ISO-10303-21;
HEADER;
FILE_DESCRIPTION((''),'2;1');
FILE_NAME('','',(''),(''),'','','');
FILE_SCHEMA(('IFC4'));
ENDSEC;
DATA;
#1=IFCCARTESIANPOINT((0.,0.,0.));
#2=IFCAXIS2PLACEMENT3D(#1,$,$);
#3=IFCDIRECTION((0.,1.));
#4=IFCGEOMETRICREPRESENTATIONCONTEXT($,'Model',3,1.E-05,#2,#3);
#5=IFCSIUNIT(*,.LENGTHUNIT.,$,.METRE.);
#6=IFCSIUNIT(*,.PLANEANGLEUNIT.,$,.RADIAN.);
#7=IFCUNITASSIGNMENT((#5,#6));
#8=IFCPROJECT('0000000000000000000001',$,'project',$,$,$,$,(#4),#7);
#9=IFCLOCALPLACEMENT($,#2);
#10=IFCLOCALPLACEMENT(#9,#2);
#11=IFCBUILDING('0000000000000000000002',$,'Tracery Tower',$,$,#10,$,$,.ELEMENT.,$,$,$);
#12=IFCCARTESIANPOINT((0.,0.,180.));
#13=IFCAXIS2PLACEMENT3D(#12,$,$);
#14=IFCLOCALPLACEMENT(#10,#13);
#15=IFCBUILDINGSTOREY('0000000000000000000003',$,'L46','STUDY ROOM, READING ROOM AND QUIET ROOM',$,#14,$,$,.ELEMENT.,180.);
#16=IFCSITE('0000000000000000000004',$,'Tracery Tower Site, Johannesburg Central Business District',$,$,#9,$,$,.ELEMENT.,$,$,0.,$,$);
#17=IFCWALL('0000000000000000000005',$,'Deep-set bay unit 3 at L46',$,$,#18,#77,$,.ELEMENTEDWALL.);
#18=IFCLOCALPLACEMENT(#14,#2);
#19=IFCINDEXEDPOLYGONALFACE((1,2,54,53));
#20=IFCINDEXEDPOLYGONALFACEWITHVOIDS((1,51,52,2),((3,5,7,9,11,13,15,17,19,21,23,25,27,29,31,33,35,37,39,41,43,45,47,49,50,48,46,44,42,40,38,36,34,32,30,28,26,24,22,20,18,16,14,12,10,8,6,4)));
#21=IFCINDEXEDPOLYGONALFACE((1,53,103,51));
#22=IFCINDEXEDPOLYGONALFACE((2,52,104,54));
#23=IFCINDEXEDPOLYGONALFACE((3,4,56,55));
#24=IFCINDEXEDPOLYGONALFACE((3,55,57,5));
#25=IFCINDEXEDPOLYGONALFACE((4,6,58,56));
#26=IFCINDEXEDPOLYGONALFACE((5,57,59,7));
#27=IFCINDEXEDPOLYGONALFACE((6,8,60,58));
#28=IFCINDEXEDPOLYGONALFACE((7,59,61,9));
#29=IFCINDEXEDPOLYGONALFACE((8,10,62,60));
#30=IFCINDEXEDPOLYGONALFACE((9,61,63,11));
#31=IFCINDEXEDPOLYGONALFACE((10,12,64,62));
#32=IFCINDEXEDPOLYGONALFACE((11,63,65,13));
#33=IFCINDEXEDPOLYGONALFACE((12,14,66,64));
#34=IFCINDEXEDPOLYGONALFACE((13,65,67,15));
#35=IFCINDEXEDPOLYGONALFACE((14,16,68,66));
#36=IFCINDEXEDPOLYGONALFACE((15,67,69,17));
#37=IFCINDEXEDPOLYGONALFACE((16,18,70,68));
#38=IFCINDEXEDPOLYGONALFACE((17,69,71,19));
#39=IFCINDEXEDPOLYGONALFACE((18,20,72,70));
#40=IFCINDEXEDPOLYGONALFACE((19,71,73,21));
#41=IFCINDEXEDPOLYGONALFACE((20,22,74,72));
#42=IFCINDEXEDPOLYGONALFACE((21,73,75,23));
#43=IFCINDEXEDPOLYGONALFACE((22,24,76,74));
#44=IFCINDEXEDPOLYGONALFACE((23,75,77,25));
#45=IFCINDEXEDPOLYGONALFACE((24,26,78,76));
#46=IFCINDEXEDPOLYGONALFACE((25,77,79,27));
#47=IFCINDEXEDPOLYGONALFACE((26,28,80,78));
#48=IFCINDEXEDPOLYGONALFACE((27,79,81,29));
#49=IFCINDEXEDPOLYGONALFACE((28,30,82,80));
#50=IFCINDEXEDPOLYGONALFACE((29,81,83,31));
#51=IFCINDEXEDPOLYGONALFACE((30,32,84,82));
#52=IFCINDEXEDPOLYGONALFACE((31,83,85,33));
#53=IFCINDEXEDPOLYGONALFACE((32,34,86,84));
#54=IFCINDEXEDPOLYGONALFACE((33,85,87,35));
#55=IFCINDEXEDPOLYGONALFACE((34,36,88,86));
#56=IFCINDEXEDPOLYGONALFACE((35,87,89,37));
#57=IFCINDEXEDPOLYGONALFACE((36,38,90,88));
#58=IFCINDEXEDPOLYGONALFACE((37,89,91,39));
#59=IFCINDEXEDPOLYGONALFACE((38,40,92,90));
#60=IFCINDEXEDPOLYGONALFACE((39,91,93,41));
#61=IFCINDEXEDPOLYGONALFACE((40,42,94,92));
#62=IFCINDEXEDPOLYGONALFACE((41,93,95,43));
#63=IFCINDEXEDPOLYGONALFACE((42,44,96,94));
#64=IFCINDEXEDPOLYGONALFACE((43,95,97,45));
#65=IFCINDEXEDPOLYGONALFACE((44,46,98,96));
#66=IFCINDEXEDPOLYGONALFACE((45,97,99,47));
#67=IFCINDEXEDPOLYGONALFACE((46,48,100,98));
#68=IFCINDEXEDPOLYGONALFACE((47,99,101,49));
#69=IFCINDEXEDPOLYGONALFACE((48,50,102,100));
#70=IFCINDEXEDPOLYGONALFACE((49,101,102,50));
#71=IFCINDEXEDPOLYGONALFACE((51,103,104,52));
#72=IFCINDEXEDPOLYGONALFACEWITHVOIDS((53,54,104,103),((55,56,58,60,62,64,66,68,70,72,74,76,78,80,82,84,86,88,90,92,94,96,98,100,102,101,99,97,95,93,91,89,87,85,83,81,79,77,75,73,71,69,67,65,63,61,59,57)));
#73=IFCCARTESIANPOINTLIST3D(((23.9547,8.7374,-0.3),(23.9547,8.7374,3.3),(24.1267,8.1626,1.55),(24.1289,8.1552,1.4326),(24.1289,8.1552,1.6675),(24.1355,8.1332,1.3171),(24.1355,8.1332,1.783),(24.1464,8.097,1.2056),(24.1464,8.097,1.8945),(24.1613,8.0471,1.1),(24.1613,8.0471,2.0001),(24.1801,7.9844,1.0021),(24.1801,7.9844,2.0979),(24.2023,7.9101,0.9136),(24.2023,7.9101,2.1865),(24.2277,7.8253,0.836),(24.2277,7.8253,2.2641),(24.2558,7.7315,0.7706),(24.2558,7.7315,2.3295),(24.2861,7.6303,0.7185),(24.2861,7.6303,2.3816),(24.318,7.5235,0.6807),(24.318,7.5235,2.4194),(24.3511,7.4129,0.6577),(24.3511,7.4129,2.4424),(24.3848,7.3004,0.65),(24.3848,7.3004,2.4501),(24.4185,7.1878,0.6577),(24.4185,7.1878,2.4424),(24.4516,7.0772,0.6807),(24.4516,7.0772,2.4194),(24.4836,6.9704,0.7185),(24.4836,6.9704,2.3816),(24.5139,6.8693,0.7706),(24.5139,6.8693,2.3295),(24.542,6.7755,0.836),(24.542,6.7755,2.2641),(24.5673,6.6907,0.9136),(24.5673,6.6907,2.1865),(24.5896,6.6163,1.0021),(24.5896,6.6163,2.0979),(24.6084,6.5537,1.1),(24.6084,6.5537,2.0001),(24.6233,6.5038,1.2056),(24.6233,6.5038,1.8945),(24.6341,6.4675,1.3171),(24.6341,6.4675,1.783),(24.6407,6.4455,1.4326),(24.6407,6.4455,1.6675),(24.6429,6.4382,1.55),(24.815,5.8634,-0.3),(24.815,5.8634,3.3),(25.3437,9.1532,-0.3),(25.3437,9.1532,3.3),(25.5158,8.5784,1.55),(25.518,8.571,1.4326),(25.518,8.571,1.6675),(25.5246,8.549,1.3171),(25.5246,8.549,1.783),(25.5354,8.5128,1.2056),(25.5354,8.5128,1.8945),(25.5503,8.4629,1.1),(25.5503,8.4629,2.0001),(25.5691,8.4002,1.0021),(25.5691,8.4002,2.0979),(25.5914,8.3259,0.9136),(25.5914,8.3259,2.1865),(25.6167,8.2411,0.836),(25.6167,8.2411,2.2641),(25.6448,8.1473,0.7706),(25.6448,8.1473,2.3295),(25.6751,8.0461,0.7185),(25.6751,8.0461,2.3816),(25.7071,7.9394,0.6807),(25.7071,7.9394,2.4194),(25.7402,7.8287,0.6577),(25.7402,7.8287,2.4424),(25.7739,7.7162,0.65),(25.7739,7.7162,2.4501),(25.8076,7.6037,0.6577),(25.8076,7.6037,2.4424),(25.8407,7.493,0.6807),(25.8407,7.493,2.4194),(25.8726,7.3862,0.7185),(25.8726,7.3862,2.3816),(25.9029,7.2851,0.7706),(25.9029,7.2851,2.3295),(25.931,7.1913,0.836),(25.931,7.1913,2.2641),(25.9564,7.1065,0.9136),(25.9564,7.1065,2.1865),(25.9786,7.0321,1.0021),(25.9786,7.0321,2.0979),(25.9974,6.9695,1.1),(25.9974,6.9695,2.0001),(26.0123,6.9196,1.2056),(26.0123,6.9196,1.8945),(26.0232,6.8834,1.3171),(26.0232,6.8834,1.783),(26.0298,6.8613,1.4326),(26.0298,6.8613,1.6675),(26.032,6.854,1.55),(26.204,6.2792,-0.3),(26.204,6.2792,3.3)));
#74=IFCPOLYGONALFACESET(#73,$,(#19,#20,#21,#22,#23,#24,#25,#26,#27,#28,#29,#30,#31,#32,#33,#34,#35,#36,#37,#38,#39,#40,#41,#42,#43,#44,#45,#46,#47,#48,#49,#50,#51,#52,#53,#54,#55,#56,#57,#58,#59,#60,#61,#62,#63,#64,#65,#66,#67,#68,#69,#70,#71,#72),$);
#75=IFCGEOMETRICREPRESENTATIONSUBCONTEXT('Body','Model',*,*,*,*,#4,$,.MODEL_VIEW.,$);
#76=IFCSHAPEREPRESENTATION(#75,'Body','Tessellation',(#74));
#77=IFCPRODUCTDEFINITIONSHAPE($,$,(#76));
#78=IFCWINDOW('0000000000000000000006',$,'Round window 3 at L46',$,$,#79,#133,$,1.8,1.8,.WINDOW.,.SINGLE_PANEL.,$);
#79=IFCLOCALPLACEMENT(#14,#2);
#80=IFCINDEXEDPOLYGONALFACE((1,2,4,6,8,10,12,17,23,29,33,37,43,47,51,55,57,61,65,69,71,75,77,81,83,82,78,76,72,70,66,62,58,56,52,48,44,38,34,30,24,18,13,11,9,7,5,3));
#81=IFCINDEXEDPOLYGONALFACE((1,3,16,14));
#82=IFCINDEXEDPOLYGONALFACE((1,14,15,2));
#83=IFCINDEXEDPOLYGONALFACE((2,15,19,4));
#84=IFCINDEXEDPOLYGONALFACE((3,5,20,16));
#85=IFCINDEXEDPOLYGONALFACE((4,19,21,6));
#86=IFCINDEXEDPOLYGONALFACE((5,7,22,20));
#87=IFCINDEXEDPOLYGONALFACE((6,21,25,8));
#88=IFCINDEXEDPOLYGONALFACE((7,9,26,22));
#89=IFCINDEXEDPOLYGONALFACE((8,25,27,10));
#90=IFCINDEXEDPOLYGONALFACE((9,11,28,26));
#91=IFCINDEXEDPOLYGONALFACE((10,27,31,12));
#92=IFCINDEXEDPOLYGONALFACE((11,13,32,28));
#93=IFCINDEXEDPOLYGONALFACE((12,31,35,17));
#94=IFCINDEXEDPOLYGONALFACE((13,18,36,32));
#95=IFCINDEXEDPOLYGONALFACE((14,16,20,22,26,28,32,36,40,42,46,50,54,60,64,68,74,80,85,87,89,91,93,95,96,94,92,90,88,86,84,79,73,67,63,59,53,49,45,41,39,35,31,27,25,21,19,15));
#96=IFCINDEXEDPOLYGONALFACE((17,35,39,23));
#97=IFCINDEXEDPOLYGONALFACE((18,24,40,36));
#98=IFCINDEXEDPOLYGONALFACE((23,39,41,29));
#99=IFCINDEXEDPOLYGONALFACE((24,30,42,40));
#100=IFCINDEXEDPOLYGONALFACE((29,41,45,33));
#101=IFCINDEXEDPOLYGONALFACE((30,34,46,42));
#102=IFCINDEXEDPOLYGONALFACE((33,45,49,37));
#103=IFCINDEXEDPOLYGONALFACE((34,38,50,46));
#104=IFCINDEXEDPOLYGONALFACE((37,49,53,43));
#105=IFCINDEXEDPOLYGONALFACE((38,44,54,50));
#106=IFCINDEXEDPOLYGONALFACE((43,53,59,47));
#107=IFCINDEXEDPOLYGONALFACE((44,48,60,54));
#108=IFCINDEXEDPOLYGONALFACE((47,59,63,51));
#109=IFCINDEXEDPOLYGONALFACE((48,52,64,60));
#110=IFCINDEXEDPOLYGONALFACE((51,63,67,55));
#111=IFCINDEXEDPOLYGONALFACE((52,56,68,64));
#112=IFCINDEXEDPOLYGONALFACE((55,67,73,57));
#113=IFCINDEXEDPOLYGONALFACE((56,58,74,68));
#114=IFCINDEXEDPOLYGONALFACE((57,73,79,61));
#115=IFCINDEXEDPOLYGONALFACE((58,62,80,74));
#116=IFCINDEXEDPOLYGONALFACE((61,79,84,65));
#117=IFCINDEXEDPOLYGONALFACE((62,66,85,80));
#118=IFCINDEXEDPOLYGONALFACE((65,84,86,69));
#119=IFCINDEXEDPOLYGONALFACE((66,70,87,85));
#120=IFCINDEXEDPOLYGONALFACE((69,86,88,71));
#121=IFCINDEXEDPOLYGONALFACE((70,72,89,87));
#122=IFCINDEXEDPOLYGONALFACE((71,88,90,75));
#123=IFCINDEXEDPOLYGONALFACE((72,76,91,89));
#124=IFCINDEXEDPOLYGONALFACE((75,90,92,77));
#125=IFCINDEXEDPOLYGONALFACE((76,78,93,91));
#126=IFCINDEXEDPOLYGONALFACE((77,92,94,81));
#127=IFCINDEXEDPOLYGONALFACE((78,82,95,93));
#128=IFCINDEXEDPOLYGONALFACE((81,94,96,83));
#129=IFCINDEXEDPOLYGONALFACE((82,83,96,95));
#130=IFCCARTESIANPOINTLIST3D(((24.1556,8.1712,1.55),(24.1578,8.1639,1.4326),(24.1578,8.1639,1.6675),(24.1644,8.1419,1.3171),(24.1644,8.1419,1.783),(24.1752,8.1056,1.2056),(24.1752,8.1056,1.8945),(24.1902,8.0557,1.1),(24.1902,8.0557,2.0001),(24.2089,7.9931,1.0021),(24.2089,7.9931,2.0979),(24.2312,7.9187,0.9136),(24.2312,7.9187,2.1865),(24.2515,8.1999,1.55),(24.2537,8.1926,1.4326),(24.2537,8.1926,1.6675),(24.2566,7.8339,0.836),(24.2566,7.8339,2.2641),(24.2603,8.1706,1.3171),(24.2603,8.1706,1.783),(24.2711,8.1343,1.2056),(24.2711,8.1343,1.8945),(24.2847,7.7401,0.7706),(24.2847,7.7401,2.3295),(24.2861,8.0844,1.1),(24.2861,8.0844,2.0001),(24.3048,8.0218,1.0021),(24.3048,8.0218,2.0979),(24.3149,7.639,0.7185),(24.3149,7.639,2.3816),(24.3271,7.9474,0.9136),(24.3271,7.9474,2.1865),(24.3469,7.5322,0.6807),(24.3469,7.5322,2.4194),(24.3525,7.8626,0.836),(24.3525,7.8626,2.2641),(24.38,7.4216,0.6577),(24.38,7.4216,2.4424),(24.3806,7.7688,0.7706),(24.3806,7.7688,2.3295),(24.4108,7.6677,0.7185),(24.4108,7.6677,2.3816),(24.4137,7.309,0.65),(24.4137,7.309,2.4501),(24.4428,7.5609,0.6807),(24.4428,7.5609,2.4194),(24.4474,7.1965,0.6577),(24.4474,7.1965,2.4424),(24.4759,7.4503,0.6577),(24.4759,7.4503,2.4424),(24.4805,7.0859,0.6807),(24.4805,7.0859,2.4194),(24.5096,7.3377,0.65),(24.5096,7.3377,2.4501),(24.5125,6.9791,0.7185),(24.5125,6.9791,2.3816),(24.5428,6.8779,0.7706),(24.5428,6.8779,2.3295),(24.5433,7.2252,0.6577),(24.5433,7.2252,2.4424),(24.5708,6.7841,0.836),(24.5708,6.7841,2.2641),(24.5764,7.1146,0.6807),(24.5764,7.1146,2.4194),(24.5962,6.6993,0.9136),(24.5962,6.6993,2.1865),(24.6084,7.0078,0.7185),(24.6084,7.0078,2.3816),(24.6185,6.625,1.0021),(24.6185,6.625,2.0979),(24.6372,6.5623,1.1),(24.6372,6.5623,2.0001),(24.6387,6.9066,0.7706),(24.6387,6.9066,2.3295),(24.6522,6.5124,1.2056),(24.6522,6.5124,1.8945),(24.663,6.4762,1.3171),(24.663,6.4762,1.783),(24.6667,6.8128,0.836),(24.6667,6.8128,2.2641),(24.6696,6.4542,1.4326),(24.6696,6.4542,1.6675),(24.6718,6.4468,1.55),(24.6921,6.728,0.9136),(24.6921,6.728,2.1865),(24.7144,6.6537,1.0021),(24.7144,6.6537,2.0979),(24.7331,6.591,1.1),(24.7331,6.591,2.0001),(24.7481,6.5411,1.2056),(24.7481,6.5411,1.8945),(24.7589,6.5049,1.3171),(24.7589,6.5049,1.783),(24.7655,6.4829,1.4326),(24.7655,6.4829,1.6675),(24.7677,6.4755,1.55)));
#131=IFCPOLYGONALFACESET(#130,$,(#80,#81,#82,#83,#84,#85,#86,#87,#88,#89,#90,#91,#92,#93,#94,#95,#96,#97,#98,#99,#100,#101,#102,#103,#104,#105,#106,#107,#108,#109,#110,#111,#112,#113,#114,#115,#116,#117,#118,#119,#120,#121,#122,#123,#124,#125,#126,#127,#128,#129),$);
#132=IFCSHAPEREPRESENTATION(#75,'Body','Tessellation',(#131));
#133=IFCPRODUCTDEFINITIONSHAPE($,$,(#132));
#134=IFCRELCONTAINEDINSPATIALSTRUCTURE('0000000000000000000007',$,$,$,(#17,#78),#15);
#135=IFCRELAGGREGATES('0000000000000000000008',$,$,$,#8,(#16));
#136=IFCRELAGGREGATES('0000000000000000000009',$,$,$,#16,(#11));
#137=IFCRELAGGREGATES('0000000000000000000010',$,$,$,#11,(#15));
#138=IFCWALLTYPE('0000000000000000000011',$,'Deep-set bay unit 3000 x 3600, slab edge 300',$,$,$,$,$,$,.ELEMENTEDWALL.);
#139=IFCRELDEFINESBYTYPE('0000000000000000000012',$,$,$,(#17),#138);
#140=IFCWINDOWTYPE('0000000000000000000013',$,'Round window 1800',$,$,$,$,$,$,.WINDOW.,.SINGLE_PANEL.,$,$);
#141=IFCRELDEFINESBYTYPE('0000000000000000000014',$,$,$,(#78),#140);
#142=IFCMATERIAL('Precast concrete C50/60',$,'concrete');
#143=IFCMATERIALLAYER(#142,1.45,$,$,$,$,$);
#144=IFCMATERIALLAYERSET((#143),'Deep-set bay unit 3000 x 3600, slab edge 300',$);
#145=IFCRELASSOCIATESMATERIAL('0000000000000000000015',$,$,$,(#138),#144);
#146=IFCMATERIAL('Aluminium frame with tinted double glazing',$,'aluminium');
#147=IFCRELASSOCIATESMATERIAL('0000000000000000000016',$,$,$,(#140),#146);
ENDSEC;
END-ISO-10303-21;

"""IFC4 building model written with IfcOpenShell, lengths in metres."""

from ifc_helpers import new_model, si_unit, direction, frame, frame_2d, origin, origin_2d, place, context, subcontext, project, spatial, rectangle, circle, extrude, material, layer, layer_set, type_object, element, fill, save


model = new_model("IFC4")

# Units and contexts
model_context = context("Model", 3, precision=1e-05, world=origin(), true_north=direction((0.0, 1.0)))
body_context = subcontext(model_context, "Body", "Model", "MODEL_VIEW")
ifc_project = project(units=[si_unit("LENGTHUNIT", "METRE"), si_unit("PLANEANGLEUNIT", "RADIAN")], contexts=[model_context])

# Site, building, storey
site_placement = place(None, origin())
site = spatial("IfcSite", under=ifc_project, at=site_placement, Name="Tracery Tower Site, Johannesburg Central Business District", CompositionType="ELEMENT", RefElevation=0.0)
building_placement = place(site_placement, origin())
building = spatial("IfcBuilding", under=site, at=building_placement, Name="Tracery Tower", CompositionType="ELEMENT")
storey_placement = place(building_placement, frame((0.0, 0.0, 180.0)))
storey = spatial("IfcBuildingStorey", under=building, at=storey_placement, Name="L46", Description="STUDY ROOM, READING ROOM AND QUIET ROOM", CompositionType="ELEMENT", Elevation=180.0)

# Wall, opening, window
ifc_material_1 = material(Name="Precast concrete C50/60", Category="concrete")
ifc_layer_1 = layer(ifc_material_1, 1.45)
ifc_layer_set_1 = layer_set([ifc_layer_1], Name="Deep-set bay unit 3000 x 3600, slab edge 300")
wall_type_1 = type_object("IfcWallType", Name="Deep-set bay unit 3000 x 3600, slab edge 300", PredefinedType="ELEMENTEDWALL", material=ifc_layer_set_1)
wall_1_placement = place(storey_placement, frame((25.5095, 6.0713, -0.3), z_axis=(0.0, 0.0, 1.0), x_axis=(-0.28678, 0.957996, 0.0)))
wall_1 = element("IfcWall", 1, at=wall_1_placement, inside=storey, type_object=wall_type_1, Name="Deep-set bay unit 3 at L46", PredefinedType="ELEMENTEDWALL", context=body_context, shape_type="SweptSolid", body=[
    extrude(rectangle(XDim=3.0, YDim=1.45, at=frame_2d((1.5, 0.0))), origin(), (0.0, 0.0, 1.0), 3.6001),
])
opening_1_placement = place(wall_1_placement, frame((1.5, 0.0, 1.8501)))
opening_1 = element("IfcOpeningElement", 2, at=opening_1_placement, cuts=wall_1, PredefinedType="OPENING", context=body_context, shape_type="SweptSolid", body=[
    extrude(circle(Radius=0.9, at=origin_2d()), frame((0.0, 0.7349, 0.0), z_axis=(0.0, -1.0, 0.0), x_axis=(1.0, 0.0, 0.0)), (0.0, 0.0, 1.0), 1.47),
])
ifc_material_2 = material(Name="Aluminium frame with tinted double glazing", Category="aluminium")
window_type = type_object("IfcWindowType", Name="Round window 1800", PartitioningType="SINGLE_PANEL", PredefinedType="WINDOW", material=ifc_material_2)
window_1_placement = place(opening_1_placement, origin())
window_1 = element("IfcWindow", 3, at=window_1_placement, inside=storey, type_object=window_type, Name="Round window 3 at L46", OverallHeight=1.8, OverallWidth=1.8, PartitioningType="SINGLE_PANEL", PredefinedType="WINDOW", context=body_context, shape_type="SweptSolid", body=[
    extrude(circle(Radius=0.9, at=origin_2d()), frame((0.0, 0.6948, 0.0), z_axis=(0.0, -1.0, 0.0), x_axis=(1.0, 0.0, 0.0)), (0.0, 0.0, 1.0), 0.1001),
])
fill(opening_1, window_1)

save(model, "model.ifc")
